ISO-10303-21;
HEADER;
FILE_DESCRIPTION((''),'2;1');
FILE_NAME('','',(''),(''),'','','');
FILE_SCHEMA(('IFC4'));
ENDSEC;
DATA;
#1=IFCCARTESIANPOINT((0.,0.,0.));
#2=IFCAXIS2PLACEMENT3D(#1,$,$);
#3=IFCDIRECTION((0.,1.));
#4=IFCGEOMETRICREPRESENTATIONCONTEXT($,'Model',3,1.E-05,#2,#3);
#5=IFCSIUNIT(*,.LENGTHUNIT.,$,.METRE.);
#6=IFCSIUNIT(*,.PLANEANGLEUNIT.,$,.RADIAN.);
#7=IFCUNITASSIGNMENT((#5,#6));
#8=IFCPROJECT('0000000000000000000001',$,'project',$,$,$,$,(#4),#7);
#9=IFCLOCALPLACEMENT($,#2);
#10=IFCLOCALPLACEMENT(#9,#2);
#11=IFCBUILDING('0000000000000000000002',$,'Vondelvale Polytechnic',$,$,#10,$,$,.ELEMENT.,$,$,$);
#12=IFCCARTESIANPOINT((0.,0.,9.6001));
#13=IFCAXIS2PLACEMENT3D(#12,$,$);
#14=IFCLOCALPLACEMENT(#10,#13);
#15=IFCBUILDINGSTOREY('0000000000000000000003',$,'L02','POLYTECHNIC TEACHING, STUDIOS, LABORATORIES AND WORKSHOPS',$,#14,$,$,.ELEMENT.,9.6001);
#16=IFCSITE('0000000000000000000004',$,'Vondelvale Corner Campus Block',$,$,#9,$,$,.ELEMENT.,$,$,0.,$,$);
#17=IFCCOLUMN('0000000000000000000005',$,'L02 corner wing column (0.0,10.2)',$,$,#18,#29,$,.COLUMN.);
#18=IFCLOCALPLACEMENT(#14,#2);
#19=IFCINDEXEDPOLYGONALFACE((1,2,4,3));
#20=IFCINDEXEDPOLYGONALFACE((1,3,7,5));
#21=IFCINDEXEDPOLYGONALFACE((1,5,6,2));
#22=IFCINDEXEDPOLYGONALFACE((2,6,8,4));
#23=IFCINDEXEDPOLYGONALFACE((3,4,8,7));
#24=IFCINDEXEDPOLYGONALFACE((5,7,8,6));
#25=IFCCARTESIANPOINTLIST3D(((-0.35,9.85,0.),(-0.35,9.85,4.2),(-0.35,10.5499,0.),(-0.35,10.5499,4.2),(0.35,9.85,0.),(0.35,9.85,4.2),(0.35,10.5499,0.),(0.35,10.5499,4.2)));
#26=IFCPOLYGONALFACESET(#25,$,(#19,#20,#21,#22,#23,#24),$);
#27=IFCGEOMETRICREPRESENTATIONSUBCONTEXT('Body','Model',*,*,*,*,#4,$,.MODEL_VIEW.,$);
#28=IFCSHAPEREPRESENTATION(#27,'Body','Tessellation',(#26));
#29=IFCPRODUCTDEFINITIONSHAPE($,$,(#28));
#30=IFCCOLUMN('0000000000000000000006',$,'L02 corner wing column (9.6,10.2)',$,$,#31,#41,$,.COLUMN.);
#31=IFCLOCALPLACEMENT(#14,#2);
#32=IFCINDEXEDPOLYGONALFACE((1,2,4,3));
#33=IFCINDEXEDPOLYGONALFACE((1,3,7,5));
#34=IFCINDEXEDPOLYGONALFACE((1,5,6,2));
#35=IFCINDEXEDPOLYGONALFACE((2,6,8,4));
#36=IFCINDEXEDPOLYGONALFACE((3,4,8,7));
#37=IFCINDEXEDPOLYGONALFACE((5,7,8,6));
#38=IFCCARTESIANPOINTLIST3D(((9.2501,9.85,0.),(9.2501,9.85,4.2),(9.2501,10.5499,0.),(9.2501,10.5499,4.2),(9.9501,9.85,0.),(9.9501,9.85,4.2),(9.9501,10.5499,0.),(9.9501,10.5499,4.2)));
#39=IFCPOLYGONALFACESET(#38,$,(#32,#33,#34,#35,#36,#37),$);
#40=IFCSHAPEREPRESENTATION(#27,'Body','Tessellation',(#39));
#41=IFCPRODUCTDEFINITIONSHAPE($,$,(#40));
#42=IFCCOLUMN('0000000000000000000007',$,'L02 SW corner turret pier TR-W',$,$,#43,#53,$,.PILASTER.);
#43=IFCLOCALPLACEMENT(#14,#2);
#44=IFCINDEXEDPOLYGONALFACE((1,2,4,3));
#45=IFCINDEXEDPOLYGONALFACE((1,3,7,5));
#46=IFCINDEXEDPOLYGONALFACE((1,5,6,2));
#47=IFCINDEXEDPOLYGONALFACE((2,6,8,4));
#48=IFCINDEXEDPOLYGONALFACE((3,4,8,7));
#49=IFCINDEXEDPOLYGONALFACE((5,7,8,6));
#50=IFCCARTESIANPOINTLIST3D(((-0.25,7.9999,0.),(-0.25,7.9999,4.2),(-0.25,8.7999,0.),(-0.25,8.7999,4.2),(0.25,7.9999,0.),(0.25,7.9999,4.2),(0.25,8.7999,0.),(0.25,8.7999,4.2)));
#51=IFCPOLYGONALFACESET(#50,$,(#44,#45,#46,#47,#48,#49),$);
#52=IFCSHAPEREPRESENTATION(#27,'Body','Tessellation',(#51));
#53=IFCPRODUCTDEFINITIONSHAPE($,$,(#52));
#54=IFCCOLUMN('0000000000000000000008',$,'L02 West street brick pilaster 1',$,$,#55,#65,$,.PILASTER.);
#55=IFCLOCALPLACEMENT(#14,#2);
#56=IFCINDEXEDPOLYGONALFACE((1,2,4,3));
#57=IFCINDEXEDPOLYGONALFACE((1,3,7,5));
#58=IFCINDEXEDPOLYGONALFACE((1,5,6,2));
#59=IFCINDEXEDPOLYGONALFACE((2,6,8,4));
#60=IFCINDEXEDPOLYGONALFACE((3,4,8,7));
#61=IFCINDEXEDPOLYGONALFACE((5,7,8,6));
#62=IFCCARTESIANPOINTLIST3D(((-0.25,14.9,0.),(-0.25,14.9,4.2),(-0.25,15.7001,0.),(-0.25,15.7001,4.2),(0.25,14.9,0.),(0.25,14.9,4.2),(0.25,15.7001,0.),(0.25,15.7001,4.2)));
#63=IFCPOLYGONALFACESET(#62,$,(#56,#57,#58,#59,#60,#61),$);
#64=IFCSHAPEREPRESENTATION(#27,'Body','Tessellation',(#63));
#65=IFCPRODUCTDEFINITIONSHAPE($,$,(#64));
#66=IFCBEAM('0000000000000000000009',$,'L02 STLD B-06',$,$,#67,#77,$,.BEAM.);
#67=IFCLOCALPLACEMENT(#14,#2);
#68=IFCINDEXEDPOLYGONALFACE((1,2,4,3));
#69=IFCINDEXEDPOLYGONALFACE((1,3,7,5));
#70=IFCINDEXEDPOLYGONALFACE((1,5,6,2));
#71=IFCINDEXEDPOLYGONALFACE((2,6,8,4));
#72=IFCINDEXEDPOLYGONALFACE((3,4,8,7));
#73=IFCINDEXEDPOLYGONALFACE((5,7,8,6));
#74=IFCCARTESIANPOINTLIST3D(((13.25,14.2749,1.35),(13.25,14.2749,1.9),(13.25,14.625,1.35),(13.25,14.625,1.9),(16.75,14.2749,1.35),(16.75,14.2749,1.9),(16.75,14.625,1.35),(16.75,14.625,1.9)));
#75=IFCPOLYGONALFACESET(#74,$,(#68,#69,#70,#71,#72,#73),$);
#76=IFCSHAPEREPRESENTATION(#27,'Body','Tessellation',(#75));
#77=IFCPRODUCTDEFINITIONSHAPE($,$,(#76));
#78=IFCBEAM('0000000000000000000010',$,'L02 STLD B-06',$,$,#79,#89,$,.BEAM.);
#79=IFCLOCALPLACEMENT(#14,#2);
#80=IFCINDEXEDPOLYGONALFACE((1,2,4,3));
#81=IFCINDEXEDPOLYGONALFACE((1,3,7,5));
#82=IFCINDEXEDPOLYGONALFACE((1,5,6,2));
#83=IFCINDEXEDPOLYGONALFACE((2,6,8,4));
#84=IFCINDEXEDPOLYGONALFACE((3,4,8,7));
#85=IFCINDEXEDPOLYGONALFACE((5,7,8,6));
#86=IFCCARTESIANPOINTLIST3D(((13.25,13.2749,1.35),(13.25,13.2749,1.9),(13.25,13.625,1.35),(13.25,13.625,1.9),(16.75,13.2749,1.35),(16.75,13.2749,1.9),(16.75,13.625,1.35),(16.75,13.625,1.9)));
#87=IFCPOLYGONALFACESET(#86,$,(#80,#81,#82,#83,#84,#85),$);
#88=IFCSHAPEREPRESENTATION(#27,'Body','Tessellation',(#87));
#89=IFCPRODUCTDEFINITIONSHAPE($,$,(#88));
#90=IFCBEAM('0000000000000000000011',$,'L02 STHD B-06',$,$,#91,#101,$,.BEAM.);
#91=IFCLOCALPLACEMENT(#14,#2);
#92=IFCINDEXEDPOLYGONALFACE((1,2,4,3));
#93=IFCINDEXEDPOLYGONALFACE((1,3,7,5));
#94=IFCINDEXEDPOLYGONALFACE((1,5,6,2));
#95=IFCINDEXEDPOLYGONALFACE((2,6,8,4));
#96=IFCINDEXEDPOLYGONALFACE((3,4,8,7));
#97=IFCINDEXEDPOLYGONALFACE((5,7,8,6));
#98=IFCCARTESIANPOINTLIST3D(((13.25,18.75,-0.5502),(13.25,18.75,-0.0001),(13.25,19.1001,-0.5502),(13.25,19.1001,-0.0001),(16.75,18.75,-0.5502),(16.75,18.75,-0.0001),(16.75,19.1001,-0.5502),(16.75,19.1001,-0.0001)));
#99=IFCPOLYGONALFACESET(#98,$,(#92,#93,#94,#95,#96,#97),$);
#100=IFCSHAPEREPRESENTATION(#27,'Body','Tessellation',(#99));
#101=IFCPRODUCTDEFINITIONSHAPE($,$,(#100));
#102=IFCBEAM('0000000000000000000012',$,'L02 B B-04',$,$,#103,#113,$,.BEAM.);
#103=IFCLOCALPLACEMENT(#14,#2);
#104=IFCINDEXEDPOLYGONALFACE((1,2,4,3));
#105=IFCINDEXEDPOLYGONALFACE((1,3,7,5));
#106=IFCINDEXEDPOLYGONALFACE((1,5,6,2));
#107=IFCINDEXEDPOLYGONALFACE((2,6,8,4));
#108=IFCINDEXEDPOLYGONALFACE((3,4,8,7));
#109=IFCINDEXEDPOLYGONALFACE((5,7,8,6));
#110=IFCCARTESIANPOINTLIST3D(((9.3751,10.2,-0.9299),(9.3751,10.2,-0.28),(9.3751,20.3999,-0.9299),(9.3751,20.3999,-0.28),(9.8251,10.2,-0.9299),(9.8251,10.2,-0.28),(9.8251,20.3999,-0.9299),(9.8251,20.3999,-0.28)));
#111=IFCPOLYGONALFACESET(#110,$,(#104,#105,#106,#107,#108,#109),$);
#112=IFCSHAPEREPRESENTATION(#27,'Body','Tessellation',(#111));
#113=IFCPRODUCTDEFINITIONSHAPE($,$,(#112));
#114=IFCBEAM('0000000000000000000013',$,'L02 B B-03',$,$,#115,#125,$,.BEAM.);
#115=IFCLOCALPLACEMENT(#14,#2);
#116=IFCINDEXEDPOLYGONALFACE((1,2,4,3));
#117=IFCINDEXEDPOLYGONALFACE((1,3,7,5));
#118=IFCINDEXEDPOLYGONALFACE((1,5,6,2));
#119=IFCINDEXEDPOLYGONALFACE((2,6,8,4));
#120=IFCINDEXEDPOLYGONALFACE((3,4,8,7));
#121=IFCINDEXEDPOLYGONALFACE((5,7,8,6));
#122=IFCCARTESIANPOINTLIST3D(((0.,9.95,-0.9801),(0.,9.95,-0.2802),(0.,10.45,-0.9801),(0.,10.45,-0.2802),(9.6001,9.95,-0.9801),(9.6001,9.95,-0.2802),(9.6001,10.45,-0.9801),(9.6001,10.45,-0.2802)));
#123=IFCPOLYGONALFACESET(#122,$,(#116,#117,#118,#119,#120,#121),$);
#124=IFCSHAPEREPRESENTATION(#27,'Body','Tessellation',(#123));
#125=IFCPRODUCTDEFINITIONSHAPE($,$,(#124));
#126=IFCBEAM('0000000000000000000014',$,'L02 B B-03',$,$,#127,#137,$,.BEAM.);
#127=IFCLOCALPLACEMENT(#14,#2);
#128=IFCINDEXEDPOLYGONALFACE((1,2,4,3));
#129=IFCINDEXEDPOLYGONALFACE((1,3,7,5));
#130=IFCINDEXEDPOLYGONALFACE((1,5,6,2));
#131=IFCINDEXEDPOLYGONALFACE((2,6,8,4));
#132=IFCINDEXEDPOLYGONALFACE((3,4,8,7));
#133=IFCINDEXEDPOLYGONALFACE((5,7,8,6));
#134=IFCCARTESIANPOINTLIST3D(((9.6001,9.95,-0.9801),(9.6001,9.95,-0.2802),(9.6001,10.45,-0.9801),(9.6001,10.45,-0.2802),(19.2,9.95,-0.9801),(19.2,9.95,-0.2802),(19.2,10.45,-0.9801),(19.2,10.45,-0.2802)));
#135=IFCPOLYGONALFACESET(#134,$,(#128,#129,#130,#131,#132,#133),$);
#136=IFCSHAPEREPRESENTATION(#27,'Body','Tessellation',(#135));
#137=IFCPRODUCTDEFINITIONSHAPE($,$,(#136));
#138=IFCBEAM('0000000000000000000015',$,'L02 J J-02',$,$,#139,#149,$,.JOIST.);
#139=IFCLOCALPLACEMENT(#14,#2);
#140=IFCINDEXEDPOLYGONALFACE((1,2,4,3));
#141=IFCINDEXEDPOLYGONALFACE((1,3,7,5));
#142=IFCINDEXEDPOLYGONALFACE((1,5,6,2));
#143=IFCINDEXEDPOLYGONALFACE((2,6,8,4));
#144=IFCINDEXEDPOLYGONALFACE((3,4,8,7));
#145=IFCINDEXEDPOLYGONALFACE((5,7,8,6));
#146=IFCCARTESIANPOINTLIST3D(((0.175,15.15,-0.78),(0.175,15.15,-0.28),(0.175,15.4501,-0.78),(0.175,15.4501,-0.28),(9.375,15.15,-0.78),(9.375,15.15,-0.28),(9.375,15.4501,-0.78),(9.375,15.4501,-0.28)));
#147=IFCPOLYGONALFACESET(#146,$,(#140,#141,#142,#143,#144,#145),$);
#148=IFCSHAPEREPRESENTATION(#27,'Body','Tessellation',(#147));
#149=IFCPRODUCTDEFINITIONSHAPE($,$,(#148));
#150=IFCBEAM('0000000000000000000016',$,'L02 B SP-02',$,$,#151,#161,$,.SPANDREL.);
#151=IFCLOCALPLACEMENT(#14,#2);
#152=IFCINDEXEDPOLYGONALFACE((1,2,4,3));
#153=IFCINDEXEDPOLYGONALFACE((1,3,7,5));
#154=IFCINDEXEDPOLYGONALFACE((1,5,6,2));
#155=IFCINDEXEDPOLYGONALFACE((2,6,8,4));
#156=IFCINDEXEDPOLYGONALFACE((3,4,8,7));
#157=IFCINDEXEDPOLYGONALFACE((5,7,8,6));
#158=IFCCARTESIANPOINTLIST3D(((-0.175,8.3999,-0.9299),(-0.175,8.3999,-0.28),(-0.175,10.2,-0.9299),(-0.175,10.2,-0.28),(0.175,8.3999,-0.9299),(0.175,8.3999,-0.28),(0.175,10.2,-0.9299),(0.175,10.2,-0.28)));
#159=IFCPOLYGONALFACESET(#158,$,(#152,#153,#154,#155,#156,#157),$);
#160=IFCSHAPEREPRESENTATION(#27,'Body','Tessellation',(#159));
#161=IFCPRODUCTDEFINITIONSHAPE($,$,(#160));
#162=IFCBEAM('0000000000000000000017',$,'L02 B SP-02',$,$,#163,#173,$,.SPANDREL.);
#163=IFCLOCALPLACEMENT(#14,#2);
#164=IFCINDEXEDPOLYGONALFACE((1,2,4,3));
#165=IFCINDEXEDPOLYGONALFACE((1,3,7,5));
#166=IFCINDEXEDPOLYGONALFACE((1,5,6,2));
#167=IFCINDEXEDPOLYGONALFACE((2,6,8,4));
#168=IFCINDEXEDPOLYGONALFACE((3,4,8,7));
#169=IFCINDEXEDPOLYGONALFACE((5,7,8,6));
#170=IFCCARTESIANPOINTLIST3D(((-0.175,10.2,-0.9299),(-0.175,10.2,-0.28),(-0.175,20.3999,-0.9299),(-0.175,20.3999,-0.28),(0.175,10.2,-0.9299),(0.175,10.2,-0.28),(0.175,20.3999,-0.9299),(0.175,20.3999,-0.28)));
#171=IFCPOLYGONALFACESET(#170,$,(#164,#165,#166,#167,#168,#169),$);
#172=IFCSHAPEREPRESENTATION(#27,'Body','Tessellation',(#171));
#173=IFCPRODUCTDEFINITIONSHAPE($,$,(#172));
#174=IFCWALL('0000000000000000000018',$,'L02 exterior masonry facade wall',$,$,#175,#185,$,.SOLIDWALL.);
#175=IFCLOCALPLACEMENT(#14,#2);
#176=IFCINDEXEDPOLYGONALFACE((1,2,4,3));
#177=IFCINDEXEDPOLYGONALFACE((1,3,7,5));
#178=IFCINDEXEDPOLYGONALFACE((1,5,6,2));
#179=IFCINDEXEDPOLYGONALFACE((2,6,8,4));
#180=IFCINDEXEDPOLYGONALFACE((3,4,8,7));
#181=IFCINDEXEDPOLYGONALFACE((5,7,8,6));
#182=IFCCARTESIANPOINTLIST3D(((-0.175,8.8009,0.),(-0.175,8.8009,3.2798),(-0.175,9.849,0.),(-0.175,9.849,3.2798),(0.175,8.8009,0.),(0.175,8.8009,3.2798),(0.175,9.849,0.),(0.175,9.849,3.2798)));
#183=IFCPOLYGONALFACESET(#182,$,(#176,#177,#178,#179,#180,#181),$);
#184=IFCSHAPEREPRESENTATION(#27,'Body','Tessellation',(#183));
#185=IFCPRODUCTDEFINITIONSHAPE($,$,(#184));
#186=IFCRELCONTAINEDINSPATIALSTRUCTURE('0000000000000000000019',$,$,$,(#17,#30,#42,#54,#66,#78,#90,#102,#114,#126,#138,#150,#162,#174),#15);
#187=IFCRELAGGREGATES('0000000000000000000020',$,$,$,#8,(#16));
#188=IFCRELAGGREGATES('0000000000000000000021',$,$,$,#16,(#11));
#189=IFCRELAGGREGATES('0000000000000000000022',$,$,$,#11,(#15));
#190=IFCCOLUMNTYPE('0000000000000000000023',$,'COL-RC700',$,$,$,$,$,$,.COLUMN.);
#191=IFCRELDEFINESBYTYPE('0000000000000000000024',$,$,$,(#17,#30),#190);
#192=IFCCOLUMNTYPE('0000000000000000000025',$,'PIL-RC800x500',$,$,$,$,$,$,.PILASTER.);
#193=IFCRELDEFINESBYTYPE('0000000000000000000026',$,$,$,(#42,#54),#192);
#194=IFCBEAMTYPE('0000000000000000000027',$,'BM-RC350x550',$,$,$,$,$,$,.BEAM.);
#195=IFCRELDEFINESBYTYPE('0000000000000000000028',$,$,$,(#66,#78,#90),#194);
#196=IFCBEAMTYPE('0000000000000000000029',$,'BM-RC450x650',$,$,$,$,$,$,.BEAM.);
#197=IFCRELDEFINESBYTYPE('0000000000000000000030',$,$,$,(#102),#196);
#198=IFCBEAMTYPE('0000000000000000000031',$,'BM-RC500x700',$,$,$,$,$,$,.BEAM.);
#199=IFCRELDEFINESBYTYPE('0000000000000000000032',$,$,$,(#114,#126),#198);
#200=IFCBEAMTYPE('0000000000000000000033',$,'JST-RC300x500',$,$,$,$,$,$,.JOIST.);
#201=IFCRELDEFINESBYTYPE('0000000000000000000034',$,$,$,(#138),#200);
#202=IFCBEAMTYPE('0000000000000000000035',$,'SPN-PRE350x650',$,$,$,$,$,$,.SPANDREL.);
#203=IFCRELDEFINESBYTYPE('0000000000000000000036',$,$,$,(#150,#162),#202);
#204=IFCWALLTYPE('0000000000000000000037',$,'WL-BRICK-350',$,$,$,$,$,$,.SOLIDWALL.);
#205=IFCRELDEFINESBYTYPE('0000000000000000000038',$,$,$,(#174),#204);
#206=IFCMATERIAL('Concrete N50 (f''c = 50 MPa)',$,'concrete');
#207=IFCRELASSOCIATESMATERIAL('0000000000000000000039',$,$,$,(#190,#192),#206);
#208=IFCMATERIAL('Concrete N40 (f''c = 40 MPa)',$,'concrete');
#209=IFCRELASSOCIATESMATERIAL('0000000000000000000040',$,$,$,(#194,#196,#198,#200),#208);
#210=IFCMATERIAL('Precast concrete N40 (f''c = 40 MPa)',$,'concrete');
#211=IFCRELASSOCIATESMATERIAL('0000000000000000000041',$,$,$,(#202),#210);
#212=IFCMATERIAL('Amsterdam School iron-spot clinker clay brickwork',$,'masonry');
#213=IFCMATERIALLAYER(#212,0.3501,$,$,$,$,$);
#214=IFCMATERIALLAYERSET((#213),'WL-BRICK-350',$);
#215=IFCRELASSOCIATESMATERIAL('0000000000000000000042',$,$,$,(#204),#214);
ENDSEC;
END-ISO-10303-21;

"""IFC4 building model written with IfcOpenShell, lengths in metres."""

from ifc_helpers import new_model, si_unit, direction, frame, frame_2d, origin, origin_2d, place, context, subcontext, project, spatial, rectangle, extrude, material, layer, layer_set, material_profile, profile_set, type_object, element, save


model = new_model("IFC4")

# Units and contexts
model_context = context("Model", 3, precision=1e-05, world=origin(), true_north=direction((0.0, 1.0)))
body_context = subcontext(model_context, "Body", "Model", "MODEL_VIEW")
ifc_project = project(units=[si_unit("LENGTHUNIT", "METRE"), si_unit("PLANEANGLEUNIT", "RADIAN")], contexts=[model_context])

# Site, building, storey
site_placement = place(None, origin())
site = spatial("IfcSite", under=ifc_project, at=site_placement, Name="Vondelvale Corner Campus Block", CompositionType="ELEMENT", RefElevation=0.0)
building_placement = place(site_placement, origin())
building = spatial("IfcBuilding", under=site, at=building_placement, Name="Vondelvale Polytechnic", CompositionType="ELEMENT")
storey_placement = place(building_placement, frame((0.0, 0.0, 9.6001)))
storey = spatial("IfcBuildingStorey", under=building, at=storey_placement, Name="L02", Description="POLYTECHNIC TEACHING, STUDIOS, LABORATORIES AND WORKSHOPS", CompositionType="ELEMENT", Elevation=9.6001)

# Columns
ifc_material_1 = material(Name="Concrete N50 (f'c = 50 MPa)", Category="concrete")
ifc_material_profile_1 = material_profile(ifc_material_1, rectangle(XDim=0.7, YDim=0.7, at=origin_2d()), Name="RC-COL-700x700")
ifc_profile_set_1 = profile_set([ifc_material_profile_1], Name="Concrete N50 (f'c = 50 MPa)")
column_type_1 = type_object("IfcColumnType", Name="COL-RC700", PredefinedType="COLUMN", material=ifc_profile_set_1)
for number, where, z_axis, x_axis, name in (
    (1, (0.0, 10.2, 0.0), (0.0, 0.0, 1.0), (1.0, 0.0, 0.0), "L02 corner wing column (0.0,10.2)"),
    (2, (9.6001, 10.2, 0.0), (0.0, 0.0, 1.0), (1.0, 0.0, 0.0), "L02 corner wing column (9.6,10.2)"),
):
    element("IfcColumn", number, at=place(storey_placement, frame(where, z_axis=z_axis, x_axis=x_axis)), inside=storey, type_object=column_type_1, Name=name, PredefinedType="COLUMN", context=body_context, shape_type="SweptSolid", body=[
        extrude(rectangle(XDim=0.7, YDim=0.7, at=origin_2d()), origin(), (0.0, 0.0, 1.0), 4.2),
    ])
ifc_material_profile_2 = material_profile(ifc_material_1, rectangle(XDim=0.5, YDim=0.8, at=origin_2d()), Name="RC-PIL-800x500")
ifc_profile_set_2 = profile_set([ifc_material_profile_2], Name="Concrete N50 (f'c = 50 MPa)")
column_type_2 = type_object("IfcColumnType", Name="PIL-RC800x500", PredefinedType="PILASTER", material=ifc_profile_set_2)
for number, where, z_axis, x_axis, name in (
    (3, (0.0, 8.3999, 0.0), (0.0, 0.0, 1.0), (1.0, 0.0, 0.0), "L02 SW corner turret pier TR-W"),
    (4, (0.0, 15.3, 0.0), (0.0, 0.0, 1.0), (1.0, 0.0, 0.0), "L02 West street brick pilaster 1"),
):
    element("IfcColumn", number, at=place(storey_placement, frame(where, z_axis=z_axis, x_axis=x_axis)), inside=storey, type_object=column_type_2, Name=name, PredefinedType="PILASTER", context=body_context, shape_type="SweptSolid", body=[
        extrude(rectangle(XDim=0.5, YDim=0.8, at=origin_2d()), origin(), (0.0, 0.0, 1.0), 4.2),
    ])

# Beams
ifc_material_2 = material(Name="Concrete N40 (f'c = 40 MPa)", Category="concrete")
ifc_material_profile_3 = material_profile(ifc_material_2, rectangle(XDim=0.3501, YDim=0.55, at=origin_2d()), Name="RC-BM-350x550")
ifc_profile_set_3 = profile_set([ifc_material_profile_3], Name="Concrete N40 (f'c = 40 MPa)")
beam_type_1 = type_object("IfcBeamType", Name="BM-RC350x550", PredefinedType="BEAM", material=ifc_profile_set_3)
for number, where, z_axis, x_axis, name in (
    (5, (13.25, 14.45, 1.625), (1.0, 0.0, 0.0), (0.0, 1.0, 0.0), "L02 STLD B-06"),
    (6, (13.25, 13.45, 1.625), (1.0, 0.0, 0.0), (0.0, 1.0, 0.0), "L02 STLD B-06"),
    (7, (13.25, 18.925, -0.2751), (1.0, 0.0, 0.0), (0.0, 1.0, 0.0), "L02 STHD B-06"),
):
    element("IfcBeam", number, at=place(storey_placement, frame(where, z_axis=z_axis, x_axis=x_axis)), inside=storey, type_object=beam_type_1, Name=name, PredefinedType="BEAM", context=body_context, shape_type="SweptSolid", body=[
        extrude(rectangle(XDim=0.3501, YDim=0.55, at=origin_2d()), origin(), (0.0, 0.0, 1.0), 3.5),
    ])
ifc_material_profile_4 = material_profile(ifc_material_2, rectangle(XDim=0.45, YDim=0.6499, at=origin_2d()), Name="RC-BM-450x650")
ifc_profile_set_4 = profile_set([ifc_material_profile_4], Name="Concrete N40 (f'c = 40 MPa)")
beam_type_2 = type_object("IfcBeamType", Name="BM-RC450x650", PredefinedType="BEAM", material=ifc_profile_set_4)
beam_1_placement = place(storey_placement, frame((9.6001, 10.2, -0.605), z_axis=(0.0, 1.0, 0.0), x_axis=(-1.0, 0.0, 0.0)))
element("IfcBeam", 8, at=beam_1_placement, inside=storey, type_object=beam_type_2, Name="L02 B B-04", PredefinedType="BEAM", context=body_context, shape_type="SweptSolid", body=[
    extrude(rectangle(XDim=0.45, YDim=0.6499, at=origin_2d()), origin(), (0.0, 0.0, 1.0), 10.2),
])
ifc_material_profile_5 = material_profile(ifc_material_2, rectangle(XDim=0.5, YDim=0.7, at=origin_2d()), Name="RC-BM-500x700")
ifc_profile_set_5 = profile_set([ifc_material_profile_5], Name="Concrete N40 (f'c = 40 MPa)")
beam_type_3 = type_object("IfcBeamType", Name="BM-RC500x700", PredefinedType="BEAM", material=ifc_profile_set_5)
beam_2_placement = place(storey_placement, frame((0.0, 10.2, -0.6301), z_axis=(1.0, 0.0, 0.0), x_axis=(0.0, 1.0, 0.0)))
element("IfcBeam", 9, at=beam_2_placement, inside=storey, type_object=beam_type_3, Name="L02 B B-03", PredefinedType="BEAM", context=body_context, shape_type="SweptSolid", body=[
    extrude(rectangle(XDim=0.5, YDim=0.7, at=origin_2d()), origin(), (0.0, 0.0, 1.0), 9.6001),
])
beam_3_placement = place(storey_placement, frame((9.6001, 10.2, -0.6301), z_axis=(1.0, 0.0, 0.0), x_axis=(0.0, 1.0, 0.0)))
element("IfcBeam", 10, at=beam_3_placement, inside=storey, type_object=beam_type_3, Name="L02 B B-03", PredefinedType="BEAM", context=body_context, shape_type="SweptSolid", body=[
    extrude(rectangle(XDim=0.5, YDim=0.7, at=origin_2d()), origin(), (0.0, 0.0, 1.0), 9.5999),
])
ifc_material_profile_6 = material_profile(ifc_material_2, rectangle(XDim=0.3, YDim=0.5, at=origin_2d()), Name="RC-JST-300x500")
ifc_profile_set_6 = profile_set([ifc_material_profile_6], Name="Concrete N40 (f'c = 40 MPa)")
beam_type_4 = type_object("IfcBeamType", Name="JST-RC300x500", PredefinedType="JOIST", material=ifc_profile_set_6)
beam_4_placement = place(storey_placement, frame((0.175, 15.3, -0.53), z_axis=(1.0, 0.0, 0.0), x_axis=(0.0, 1.0, 0.0)))
element("IfcBeam", 11, at=beam_4_placement, inside=storey, type_object=beam_type_4, Name="L02 J J-02", PredefinedType="JOIST", context=body_context, shape_type="SweptSolid", body=[
    extrude(rectangle(XDim=0.3, YDim=0.5, at=origin_2d()), origin(), (0.0, 0.0, 1.0), 9.2),
])
ifc_material_3 = material(Name="Precast concrete N40 (f'c = 40 MPa)", Category="concrete")
ifc_material_profile_7 = material_profile(ifc_material_3, rectangle(XDim=0.3501, YDim=0.6499, at=origin_2d()), Name="RC-SPN-350x650")
ifc_profile_set_7 = profile_set([ifc_material_profile_7], Name="Precast concrete N40 (f'c = 40 MPa)")
beam_type_5 = type_object("IfcBeamType", Name="SPN-PRE350x650", PredefinedType="SPANDREL", material=ifc_profile_set_7)
beam_5_placement = place(storey_placement, frame((0.0, 8.3999, -0.605), z_axis=(0.0, 1.0, 0.0), x_axis=(-1.0, 0.0, 0.0)))
element("IfcBeam", 12, at=beam_5_placement, inside=storey, type_object=beam_type_5, Name="L02 B SP-02", PredefinedType="SPANDREL", context=body_context, shape_type="SweptSolid", body=[
    extrude(rectangle(XDim=0.3501, YDim=0.6499, at=origin_2d()), origin(), (0.0, 0.0, 1.0), 1.8),
])
beam_6_placement = place(storey_placement, frame((0.0, 10.2, -0.605), z_axis=(0.0, 1.0, 0.0), x_axis=(-1.0, 0.0, 0.0)))
element("IfcBeam", 13, at=beam_6_placement, inside=storey, type_object=beam_type_5, Name="L02 B SP-02", PredefinedType="SPANDREL", context=body_context, shape_type="SweptSolid", body=[
    extrude(rectangle(XDim=0.3501, YDim=0.6499, at=origin_2d()), origin(), (0.0, 0.0, 1.0), 10.2),
])

# Wall
ifc_material_4 = material(Name="Amsterdam School iron-spot clinker clay brickwork", Category="masonry")
ifc_layer_1 = layer(ifc_material_4, 0.3501)
ifc_layer_set_1 = layer_set([ifc_layer_1], Name="WL-BRICK-350")
wall_type = type_object("IfcWallType", Name="WL-BRICK-350", PredefinedType="SOLIDWALL", material=ifc_layer_set_1)
wall_1_placement = place(storey_placement, frame((0.0, 8.801, 0.0), z_axis=(0.0, 0.0, 1.0), x_axis=(0.0, 1.0, 0.0)))
element("IfcWall", 14, at=wall_1_placement, inside=storey, type_object=wall_type, Name="L02 exterior masonry facade wall", PredefinedType="SOLIDWALL", context=body_context, shape_type="SweptSolid", body=[
    extrude(rectangle(XDim=1.0481, YDim=0.3501, at=frame_2d((0.5239, 0.0))), origin(), (0.0, 0.0, 1.0), 3.2798),
])

save(model, "model.ifc")
